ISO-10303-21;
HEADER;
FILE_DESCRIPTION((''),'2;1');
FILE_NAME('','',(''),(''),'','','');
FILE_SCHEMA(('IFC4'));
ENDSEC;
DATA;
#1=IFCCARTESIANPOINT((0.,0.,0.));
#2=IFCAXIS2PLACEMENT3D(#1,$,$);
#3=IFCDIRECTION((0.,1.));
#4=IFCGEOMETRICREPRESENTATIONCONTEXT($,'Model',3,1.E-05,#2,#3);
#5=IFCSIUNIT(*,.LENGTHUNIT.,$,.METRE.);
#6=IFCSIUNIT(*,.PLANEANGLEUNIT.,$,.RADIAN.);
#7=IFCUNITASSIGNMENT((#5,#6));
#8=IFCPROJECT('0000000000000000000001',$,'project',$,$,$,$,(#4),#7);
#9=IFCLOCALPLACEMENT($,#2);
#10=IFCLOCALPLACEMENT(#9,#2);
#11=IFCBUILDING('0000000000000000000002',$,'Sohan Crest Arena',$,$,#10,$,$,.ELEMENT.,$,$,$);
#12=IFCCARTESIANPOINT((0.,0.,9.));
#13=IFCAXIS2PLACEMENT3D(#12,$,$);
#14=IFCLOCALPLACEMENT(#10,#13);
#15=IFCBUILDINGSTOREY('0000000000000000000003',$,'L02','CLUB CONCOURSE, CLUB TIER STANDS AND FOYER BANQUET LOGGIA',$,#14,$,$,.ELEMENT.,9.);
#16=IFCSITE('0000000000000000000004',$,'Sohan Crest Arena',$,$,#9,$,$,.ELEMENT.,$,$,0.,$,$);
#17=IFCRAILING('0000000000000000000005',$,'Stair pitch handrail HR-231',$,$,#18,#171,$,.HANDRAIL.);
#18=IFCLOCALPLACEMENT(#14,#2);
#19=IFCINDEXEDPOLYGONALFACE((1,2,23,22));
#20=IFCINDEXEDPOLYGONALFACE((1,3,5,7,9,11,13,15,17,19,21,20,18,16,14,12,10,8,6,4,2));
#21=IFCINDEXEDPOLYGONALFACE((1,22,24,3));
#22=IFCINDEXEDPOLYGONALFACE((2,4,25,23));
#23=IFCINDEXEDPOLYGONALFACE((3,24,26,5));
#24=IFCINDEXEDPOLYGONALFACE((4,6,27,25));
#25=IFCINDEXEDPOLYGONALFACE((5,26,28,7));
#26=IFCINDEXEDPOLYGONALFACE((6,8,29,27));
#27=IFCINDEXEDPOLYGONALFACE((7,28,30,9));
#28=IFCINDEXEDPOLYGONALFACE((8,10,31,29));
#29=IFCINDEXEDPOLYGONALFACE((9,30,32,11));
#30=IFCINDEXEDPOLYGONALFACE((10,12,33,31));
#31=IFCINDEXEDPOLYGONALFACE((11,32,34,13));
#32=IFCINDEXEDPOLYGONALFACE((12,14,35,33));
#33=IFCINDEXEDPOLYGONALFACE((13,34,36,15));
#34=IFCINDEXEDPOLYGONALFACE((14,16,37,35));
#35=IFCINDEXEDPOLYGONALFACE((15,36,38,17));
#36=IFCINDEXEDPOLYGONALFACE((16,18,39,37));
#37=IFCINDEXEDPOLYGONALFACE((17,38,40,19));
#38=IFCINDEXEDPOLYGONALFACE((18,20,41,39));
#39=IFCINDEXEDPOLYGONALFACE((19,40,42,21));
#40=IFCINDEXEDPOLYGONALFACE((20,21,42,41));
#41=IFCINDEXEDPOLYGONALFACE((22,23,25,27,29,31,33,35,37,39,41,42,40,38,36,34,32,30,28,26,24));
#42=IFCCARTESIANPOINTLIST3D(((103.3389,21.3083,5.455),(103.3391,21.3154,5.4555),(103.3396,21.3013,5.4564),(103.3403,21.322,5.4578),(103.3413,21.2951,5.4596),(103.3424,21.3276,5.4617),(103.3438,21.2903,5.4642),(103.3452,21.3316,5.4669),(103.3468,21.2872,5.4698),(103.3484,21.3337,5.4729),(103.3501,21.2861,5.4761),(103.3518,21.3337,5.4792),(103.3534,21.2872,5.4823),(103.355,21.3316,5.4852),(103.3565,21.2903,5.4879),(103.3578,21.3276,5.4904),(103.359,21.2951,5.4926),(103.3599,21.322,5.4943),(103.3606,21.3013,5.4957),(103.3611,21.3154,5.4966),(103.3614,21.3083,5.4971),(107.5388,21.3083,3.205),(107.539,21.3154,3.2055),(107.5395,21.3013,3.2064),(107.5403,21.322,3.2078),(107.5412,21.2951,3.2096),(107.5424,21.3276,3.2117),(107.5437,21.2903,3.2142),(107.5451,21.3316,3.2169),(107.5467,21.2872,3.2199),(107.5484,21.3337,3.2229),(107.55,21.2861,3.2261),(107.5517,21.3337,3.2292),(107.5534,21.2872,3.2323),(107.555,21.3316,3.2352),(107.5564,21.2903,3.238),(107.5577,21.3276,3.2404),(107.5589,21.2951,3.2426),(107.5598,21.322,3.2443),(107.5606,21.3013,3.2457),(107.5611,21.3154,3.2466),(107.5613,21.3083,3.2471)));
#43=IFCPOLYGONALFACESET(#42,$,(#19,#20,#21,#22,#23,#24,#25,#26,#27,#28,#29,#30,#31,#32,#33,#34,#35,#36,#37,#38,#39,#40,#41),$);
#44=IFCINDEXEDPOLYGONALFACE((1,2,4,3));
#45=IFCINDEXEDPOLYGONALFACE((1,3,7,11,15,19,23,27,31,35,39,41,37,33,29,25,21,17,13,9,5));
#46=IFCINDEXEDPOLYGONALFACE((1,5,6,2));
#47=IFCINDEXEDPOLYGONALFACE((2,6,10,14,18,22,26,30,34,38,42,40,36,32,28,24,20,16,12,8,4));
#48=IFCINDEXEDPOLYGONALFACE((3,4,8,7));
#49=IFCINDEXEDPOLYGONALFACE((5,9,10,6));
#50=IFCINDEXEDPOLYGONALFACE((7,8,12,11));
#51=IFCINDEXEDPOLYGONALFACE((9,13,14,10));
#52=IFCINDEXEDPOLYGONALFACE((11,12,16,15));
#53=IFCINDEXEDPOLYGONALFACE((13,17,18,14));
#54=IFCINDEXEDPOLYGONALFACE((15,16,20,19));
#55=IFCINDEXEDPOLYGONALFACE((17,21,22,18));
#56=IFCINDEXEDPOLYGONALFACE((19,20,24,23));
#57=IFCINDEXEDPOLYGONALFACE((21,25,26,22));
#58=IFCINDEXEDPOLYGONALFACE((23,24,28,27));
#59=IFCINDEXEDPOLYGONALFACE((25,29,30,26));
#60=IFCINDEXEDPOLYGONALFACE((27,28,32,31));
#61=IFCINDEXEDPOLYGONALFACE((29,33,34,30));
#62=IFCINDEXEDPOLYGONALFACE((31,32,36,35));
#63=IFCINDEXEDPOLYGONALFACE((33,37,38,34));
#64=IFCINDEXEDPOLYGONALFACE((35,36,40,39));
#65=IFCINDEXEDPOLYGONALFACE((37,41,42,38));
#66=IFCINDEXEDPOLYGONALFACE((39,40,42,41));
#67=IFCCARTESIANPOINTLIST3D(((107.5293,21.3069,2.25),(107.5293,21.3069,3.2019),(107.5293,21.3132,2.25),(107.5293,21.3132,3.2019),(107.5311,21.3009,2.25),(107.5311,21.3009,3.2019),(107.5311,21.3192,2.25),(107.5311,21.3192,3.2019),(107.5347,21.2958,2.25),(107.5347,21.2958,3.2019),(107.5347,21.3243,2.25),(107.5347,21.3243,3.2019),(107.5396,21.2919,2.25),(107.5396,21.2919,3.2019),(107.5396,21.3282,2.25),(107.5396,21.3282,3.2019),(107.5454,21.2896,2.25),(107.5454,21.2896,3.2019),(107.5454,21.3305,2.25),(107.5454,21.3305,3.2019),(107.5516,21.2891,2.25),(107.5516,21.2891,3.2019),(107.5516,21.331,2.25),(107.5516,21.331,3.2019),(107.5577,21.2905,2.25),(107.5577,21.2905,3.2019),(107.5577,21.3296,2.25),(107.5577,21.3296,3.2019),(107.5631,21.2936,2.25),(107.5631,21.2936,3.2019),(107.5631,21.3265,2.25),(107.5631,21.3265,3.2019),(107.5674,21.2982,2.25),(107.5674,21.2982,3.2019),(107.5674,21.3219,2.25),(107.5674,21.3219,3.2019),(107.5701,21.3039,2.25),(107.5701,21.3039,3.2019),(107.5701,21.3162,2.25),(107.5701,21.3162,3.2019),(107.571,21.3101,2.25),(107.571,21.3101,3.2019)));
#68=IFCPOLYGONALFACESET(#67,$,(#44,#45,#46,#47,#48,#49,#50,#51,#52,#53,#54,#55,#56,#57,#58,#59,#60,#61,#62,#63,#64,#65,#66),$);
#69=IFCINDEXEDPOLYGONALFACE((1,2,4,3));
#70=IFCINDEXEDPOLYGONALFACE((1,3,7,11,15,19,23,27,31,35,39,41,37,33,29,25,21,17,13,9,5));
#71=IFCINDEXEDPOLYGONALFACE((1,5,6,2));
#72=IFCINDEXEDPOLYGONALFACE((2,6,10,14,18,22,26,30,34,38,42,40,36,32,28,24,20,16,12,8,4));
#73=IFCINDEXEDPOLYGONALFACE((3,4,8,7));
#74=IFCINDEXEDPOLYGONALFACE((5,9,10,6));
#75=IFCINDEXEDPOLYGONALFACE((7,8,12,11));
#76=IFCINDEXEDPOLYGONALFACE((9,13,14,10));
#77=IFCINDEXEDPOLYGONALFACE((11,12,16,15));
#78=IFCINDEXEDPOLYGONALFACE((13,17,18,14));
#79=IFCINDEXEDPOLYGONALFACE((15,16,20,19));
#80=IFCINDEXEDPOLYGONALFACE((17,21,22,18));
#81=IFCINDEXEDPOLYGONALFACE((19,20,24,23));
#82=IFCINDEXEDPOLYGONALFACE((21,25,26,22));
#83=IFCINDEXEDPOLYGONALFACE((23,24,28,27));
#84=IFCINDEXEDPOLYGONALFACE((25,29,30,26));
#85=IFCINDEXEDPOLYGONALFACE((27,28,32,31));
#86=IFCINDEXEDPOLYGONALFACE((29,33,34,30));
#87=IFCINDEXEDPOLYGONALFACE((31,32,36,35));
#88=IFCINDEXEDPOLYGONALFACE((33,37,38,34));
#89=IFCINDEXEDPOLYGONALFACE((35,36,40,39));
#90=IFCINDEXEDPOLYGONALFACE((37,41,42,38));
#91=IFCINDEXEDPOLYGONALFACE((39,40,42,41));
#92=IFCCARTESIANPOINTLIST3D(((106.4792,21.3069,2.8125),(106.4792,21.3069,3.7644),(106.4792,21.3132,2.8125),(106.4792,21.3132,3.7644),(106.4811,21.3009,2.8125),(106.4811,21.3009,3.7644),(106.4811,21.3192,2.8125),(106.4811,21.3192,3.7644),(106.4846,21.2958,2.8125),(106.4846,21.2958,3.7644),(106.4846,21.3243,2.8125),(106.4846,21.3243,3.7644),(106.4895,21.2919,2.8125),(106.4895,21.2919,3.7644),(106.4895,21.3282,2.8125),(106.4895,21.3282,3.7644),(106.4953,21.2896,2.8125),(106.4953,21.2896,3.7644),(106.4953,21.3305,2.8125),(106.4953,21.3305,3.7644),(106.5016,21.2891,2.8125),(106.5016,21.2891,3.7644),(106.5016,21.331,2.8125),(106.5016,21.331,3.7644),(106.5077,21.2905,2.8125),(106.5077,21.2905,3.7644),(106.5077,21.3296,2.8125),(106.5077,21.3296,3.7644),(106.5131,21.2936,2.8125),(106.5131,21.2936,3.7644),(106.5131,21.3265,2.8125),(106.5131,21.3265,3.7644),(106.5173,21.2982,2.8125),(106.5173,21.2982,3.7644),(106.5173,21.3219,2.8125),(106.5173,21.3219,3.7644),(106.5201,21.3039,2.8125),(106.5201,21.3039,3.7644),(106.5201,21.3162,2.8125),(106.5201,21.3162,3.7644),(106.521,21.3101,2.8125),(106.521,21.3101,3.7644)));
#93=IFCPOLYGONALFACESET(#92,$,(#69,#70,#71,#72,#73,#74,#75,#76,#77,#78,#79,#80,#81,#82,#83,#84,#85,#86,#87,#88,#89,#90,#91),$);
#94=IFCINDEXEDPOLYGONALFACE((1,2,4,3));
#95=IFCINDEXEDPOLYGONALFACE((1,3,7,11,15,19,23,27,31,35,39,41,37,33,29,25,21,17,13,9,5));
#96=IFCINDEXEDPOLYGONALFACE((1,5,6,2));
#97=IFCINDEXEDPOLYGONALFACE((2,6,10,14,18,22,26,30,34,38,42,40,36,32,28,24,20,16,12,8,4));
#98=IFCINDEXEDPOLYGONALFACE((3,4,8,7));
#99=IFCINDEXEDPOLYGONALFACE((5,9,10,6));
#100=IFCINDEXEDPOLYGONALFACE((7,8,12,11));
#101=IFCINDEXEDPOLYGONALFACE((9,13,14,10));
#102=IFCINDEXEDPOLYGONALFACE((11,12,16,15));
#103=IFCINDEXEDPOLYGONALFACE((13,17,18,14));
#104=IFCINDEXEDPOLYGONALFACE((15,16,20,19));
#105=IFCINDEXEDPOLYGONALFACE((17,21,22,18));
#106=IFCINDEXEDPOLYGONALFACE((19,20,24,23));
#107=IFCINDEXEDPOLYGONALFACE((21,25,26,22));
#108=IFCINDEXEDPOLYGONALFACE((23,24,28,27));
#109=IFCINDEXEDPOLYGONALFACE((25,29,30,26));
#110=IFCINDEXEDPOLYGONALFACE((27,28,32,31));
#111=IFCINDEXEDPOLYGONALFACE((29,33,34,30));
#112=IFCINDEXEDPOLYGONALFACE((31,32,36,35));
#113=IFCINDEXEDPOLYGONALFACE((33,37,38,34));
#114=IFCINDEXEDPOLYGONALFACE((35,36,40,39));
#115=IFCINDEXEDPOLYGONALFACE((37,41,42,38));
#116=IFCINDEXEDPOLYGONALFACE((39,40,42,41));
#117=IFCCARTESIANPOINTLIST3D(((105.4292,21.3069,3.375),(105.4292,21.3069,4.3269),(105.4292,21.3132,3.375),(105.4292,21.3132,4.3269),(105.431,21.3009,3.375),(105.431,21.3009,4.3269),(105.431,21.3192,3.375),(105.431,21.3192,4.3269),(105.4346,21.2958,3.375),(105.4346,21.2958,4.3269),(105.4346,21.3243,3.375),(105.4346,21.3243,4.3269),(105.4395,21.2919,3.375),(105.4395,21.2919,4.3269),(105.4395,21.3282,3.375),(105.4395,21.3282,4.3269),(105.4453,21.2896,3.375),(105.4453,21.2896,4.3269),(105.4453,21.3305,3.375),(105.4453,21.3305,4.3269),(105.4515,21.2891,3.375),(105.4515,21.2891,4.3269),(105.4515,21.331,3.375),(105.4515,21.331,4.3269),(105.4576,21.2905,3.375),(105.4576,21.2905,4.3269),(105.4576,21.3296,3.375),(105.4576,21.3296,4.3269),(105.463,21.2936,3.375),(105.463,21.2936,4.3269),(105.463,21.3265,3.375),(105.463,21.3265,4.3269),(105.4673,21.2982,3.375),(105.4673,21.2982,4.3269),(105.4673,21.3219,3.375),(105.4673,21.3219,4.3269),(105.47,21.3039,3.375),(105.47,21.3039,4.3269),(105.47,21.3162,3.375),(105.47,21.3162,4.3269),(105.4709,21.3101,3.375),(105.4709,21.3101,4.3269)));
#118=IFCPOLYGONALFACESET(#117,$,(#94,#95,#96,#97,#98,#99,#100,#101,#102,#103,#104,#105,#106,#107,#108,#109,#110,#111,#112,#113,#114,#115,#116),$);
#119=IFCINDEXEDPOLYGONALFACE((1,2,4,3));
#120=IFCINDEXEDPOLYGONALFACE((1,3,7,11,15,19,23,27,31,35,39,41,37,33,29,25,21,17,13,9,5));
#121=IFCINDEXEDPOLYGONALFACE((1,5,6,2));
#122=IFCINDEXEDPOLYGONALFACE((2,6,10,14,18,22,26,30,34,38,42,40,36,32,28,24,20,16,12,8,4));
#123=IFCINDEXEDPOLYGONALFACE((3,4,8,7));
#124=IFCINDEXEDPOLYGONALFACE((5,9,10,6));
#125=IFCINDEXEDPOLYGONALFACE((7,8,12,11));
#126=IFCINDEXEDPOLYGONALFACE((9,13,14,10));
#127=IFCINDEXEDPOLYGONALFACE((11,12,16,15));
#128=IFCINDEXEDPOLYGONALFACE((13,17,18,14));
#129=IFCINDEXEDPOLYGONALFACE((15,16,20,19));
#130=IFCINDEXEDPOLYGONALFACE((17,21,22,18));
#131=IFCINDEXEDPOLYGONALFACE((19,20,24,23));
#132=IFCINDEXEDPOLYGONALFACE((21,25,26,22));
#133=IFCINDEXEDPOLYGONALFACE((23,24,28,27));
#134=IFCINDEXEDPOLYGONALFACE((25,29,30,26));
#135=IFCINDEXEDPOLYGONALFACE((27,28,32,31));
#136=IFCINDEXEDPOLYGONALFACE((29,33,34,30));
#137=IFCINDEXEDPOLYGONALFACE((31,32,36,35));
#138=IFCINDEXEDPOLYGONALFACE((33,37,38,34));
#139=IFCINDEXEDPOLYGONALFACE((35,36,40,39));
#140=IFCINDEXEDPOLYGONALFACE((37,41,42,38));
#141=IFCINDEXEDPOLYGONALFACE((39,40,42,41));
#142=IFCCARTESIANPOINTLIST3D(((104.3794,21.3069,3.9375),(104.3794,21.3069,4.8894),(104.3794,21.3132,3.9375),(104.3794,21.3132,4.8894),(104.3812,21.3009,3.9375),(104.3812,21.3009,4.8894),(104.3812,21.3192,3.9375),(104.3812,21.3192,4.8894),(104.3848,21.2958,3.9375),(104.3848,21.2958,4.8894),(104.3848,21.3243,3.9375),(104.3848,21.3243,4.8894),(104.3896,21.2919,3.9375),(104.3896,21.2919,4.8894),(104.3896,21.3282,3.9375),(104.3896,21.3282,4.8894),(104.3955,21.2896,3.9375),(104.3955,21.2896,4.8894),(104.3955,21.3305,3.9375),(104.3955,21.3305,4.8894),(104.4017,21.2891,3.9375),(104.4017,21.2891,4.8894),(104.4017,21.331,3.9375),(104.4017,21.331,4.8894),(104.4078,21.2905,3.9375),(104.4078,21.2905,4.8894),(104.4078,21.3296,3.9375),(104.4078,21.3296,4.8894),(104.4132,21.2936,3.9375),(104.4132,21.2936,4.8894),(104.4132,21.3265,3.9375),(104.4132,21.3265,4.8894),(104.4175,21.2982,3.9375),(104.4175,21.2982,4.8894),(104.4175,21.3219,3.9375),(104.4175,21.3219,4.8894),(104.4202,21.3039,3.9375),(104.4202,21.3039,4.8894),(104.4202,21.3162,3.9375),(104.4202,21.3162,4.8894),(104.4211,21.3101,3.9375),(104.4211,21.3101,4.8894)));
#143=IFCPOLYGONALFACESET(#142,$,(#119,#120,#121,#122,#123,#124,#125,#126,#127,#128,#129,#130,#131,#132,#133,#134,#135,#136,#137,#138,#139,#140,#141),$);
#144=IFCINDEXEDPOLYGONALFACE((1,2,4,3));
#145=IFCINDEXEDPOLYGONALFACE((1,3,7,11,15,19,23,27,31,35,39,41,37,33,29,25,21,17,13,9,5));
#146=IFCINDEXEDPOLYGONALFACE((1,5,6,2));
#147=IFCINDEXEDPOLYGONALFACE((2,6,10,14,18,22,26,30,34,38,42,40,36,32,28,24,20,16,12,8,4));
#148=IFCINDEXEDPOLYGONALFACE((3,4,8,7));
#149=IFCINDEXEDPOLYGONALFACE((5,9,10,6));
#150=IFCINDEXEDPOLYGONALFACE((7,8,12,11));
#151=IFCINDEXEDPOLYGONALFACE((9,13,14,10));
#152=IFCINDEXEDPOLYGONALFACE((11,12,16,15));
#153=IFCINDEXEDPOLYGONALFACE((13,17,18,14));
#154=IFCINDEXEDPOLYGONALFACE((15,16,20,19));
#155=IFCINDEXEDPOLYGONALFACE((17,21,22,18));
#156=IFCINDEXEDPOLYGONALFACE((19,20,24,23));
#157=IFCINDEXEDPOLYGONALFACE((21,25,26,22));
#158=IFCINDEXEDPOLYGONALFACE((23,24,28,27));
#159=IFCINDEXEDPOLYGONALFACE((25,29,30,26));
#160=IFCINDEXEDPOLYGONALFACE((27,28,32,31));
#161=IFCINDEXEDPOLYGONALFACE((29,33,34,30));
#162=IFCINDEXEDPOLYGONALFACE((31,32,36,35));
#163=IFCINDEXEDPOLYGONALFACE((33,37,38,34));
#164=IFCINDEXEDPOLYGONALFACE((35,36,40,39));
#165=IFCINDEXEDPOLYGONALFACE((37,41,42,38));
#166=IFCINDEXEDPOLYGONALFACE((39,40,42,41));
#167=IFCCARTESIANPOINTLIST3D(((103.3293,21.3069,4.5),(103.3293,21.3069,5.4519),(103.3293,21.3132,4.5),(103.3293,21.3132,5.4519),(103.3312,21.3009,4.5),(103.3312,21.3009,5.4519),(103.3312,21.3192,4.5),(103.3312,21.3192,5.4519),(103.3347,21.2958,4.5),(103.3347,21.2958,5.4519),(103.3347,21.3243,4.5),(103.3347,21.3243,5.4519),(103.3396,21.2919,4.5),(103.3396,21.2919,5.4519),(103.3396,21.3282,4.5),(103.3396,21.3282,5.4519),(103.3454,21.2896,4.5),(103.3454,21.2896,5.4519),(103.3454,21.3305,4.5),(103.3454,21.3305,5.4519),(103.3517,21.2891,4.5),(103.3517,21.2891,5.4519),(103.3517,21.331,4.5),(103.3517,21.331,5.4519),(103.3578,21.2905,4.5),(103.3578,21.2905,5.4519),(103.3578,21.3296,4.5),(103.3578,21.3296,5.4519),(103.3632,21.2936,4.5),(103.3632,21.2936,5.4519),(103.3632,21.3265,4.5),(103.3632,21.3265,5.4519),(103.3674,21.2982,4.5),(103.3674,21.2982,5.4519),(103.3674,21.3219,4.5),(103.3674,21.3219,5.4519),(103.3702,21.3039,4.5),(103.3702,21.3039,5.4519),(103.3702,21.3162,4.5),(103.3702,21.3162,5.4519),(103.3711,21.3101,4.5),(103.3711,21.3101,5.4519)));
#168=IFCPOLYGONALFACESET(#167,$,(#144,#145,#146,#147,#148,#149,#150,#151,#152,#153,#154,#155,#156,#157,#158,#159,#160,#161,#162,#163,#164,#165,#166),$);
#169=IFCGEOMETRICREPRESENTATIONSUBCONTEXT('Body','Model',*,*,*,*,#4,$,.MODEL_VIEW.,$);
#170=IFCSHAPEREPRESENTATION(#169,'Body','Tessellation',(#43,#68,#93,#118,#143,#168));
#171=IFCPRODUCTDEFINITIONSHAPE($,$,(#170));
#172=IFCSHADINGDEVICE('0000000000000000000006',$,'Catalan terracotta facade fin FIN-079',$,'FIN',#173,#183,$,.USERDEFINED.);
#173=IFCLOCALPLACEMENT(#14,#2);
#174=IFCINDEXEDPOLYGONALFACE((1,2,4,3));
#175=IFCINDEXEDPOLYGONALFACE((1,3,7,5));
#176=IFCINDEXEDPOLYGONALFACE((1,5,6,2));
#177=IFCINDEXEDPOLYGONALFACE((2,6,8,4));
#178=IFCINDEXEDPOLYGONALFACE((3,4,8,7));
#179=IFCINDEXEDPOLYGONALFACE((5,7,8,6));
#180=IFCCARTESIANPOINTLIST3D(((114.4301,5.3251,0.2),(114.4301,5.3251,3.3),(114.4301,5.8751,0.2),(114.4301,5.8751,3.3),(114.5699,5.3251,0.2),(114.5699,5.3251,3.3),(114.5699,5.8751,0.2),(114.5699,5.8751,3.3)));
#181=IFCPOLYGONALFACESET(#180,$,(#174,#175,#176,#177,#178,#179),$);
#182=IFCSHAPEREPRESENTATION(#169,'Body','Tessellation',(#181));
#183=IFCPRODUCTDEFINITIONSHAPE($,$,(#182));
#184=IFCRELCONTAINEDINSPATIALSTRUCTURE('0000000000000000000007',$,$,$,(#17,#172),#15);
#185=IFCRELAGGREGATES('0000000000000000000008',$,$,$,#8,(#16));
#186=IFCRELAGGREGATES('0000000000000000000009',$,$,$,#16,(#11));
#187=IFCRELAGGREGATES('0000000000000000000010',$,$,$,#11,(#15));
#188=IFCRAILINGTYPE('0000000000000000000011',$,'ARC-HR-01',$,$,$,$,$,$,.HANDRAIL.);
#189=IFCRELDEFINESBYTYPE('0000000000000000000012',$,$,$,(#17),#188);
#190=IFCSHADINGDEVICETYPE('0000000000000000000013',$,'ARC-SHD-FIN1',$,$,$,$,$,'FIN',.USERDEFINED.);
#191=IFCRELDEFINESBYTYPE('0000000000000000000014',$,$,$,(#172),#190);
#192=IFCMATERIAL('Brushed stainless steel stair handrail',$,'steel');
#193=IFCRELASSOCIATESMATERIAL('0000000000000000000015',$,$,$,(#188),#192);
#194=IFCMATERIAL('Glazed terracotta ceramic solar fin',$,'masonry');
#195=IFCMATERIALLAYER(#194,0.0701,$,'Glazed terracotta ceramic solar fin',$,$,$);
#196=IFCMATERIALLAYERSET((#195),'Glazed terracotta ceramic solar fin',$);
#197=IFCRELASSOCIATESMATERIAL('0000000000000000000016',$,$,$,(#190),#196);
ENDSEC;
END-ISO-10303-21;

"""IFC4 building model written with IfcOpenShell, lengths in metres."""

from ifc_helpers import new_model, si_unit, direction, frame, origin, origin_2d, place, context, subcontext, project, spatial, rectangle, circle, extrude, material, layer, layer_set, type_object, element, save


model = new_model("IFC4")

# Units and contexts
model_context = context("Model", 3, precision=1e-05, world=origin(), true_north=direction((0.0, 1.0)))
body_context = subcontext(model_context, "Body", "Model", "MODEL_VIEW")
ifc_project = project(units=[si_unit("LENGTHUNIT", "METRE"), si_unit("PLANEANGLEUNIT", "RADIAN")], contexts=[model_context])

# Site, building, storey
site_placement = place(None, origin())
site = spatial("IfcSite", under=ifc_project, at=site_placement, Name="Sohan Crest Arena", CompositionType="ELEMENT", RefElevation=0.0)
building_placement = place(site_placement, origin())
building = spatial("IfcBuilding", under=site, at=building_placement, Name="Sohan Crest Arena", CompositionType="ELEMENT")
storey_placement = place(building_placement, frame((0.0, 0.0, 9.0)))
storey = spatial("IfcBuildingStorey", under=building, at=storey_placement, Name="L02", Description="CLUB CONCOURSE, CLUB TIER STANDS AND FOYER BANQUET LOGGIA", CompositionType="ELEMENT", Elevation=9.0)

# Railing
ifc_material_1 = material(Name="Brushed stainless steel stair handrail", Category="steel")
railing_type_1 = type_object("IfcRailingType", Name="ARC-HR-01", PredefinedType="HANDRAIL", material=ifc_material_1)
railing_1_placement = place(storey_placement, frame((107.55, 21.3101, 2.25)))
element("IfcRailing", 1, at=railing_1_placement, inside=storey, type_object=railing_type_1, Name="Stair pitch handrail HR-231", PredefinedType="HANDRAIL", context=body_context, shape_type="SweptSolid", body=[
    extrude(circle(Radius=0.0239, at=origin_2d()), frame((0.0, 0.0, 0.9761), z_axis=(-0.881478, 0.0, 0.472226), x_axis=(0.0, -1.0, 0.0)), (0.0, 0.0, 1.0), 4.7646),
    extrude(circle(Radius=0.021, at=origin_2d()), origin(), (0.0, 0.0, 1.0), 0.9519),
    extrude(circle(Radius=0.021, at=origin_2d()), frame((-1.05, 0.0, 0.5625)), (0.0, 0.0, 1.0), 0.9519),
    extrude(circle(Radius=0.021, at=origin_2d()), frame((-2.1001, 0.0, 1.125)), (0.0, 0.0, 1.0), 0.9519),
    extrude(circle(Radius=0.021, at=origin_2d()), frame((-3.1499, 0.0, 1.6875)), (0.0, 0.0, 1.0), 0.9519),
    extrude(circle(Radius=0.021, at=origin_2d()), frame((-4.2, 0.0, 2.25)), (0.0, 0.0, 1.0), 0.9519),
])

# Shading device
ifc_material_2 = material(Name="Glazed terracotta ceramic solar fin", Category="masonry")
ifc_layer_1 = layer(ifc_material_2, 0.0701, Name="Glazed terracotta ceramic solar fin")
ifc_layer_set_1 = layer_set([ifc_layer_1], Name="Glazed terracotta ceramic solar fin")
shading_device_type = type_object("IfcShadingDeviceType", Name="ARC-SHD-FIN1", ElementType="FIN", PredefinedType="USERDEFINED", material=ifc_layer_set_1)
shading_device_placement = place(storey_placement, frame((114.5, 5.6001, 0.2), z_axis=(0.0, 0.0, 1.0), x_axis=(1.0, 0.0, 0.0)))
element("IfcShadingDevice", 2, at=shading_device_placement, inside=storey, type_object=shading_device_type, Name="Catalan terracotta facade fin FIN-079", ObjectType="FIN", PredefinedType="USERDEFINED", context=body_context, shape_type="SweptSolid", body=[
    extrude(rectangle(XDim=0.1399, YDim=0.55, at=origin_2d()), origin(), (0.0, 0.0, 1.0), 3.1001),
])

save(model, "model.ifc")
